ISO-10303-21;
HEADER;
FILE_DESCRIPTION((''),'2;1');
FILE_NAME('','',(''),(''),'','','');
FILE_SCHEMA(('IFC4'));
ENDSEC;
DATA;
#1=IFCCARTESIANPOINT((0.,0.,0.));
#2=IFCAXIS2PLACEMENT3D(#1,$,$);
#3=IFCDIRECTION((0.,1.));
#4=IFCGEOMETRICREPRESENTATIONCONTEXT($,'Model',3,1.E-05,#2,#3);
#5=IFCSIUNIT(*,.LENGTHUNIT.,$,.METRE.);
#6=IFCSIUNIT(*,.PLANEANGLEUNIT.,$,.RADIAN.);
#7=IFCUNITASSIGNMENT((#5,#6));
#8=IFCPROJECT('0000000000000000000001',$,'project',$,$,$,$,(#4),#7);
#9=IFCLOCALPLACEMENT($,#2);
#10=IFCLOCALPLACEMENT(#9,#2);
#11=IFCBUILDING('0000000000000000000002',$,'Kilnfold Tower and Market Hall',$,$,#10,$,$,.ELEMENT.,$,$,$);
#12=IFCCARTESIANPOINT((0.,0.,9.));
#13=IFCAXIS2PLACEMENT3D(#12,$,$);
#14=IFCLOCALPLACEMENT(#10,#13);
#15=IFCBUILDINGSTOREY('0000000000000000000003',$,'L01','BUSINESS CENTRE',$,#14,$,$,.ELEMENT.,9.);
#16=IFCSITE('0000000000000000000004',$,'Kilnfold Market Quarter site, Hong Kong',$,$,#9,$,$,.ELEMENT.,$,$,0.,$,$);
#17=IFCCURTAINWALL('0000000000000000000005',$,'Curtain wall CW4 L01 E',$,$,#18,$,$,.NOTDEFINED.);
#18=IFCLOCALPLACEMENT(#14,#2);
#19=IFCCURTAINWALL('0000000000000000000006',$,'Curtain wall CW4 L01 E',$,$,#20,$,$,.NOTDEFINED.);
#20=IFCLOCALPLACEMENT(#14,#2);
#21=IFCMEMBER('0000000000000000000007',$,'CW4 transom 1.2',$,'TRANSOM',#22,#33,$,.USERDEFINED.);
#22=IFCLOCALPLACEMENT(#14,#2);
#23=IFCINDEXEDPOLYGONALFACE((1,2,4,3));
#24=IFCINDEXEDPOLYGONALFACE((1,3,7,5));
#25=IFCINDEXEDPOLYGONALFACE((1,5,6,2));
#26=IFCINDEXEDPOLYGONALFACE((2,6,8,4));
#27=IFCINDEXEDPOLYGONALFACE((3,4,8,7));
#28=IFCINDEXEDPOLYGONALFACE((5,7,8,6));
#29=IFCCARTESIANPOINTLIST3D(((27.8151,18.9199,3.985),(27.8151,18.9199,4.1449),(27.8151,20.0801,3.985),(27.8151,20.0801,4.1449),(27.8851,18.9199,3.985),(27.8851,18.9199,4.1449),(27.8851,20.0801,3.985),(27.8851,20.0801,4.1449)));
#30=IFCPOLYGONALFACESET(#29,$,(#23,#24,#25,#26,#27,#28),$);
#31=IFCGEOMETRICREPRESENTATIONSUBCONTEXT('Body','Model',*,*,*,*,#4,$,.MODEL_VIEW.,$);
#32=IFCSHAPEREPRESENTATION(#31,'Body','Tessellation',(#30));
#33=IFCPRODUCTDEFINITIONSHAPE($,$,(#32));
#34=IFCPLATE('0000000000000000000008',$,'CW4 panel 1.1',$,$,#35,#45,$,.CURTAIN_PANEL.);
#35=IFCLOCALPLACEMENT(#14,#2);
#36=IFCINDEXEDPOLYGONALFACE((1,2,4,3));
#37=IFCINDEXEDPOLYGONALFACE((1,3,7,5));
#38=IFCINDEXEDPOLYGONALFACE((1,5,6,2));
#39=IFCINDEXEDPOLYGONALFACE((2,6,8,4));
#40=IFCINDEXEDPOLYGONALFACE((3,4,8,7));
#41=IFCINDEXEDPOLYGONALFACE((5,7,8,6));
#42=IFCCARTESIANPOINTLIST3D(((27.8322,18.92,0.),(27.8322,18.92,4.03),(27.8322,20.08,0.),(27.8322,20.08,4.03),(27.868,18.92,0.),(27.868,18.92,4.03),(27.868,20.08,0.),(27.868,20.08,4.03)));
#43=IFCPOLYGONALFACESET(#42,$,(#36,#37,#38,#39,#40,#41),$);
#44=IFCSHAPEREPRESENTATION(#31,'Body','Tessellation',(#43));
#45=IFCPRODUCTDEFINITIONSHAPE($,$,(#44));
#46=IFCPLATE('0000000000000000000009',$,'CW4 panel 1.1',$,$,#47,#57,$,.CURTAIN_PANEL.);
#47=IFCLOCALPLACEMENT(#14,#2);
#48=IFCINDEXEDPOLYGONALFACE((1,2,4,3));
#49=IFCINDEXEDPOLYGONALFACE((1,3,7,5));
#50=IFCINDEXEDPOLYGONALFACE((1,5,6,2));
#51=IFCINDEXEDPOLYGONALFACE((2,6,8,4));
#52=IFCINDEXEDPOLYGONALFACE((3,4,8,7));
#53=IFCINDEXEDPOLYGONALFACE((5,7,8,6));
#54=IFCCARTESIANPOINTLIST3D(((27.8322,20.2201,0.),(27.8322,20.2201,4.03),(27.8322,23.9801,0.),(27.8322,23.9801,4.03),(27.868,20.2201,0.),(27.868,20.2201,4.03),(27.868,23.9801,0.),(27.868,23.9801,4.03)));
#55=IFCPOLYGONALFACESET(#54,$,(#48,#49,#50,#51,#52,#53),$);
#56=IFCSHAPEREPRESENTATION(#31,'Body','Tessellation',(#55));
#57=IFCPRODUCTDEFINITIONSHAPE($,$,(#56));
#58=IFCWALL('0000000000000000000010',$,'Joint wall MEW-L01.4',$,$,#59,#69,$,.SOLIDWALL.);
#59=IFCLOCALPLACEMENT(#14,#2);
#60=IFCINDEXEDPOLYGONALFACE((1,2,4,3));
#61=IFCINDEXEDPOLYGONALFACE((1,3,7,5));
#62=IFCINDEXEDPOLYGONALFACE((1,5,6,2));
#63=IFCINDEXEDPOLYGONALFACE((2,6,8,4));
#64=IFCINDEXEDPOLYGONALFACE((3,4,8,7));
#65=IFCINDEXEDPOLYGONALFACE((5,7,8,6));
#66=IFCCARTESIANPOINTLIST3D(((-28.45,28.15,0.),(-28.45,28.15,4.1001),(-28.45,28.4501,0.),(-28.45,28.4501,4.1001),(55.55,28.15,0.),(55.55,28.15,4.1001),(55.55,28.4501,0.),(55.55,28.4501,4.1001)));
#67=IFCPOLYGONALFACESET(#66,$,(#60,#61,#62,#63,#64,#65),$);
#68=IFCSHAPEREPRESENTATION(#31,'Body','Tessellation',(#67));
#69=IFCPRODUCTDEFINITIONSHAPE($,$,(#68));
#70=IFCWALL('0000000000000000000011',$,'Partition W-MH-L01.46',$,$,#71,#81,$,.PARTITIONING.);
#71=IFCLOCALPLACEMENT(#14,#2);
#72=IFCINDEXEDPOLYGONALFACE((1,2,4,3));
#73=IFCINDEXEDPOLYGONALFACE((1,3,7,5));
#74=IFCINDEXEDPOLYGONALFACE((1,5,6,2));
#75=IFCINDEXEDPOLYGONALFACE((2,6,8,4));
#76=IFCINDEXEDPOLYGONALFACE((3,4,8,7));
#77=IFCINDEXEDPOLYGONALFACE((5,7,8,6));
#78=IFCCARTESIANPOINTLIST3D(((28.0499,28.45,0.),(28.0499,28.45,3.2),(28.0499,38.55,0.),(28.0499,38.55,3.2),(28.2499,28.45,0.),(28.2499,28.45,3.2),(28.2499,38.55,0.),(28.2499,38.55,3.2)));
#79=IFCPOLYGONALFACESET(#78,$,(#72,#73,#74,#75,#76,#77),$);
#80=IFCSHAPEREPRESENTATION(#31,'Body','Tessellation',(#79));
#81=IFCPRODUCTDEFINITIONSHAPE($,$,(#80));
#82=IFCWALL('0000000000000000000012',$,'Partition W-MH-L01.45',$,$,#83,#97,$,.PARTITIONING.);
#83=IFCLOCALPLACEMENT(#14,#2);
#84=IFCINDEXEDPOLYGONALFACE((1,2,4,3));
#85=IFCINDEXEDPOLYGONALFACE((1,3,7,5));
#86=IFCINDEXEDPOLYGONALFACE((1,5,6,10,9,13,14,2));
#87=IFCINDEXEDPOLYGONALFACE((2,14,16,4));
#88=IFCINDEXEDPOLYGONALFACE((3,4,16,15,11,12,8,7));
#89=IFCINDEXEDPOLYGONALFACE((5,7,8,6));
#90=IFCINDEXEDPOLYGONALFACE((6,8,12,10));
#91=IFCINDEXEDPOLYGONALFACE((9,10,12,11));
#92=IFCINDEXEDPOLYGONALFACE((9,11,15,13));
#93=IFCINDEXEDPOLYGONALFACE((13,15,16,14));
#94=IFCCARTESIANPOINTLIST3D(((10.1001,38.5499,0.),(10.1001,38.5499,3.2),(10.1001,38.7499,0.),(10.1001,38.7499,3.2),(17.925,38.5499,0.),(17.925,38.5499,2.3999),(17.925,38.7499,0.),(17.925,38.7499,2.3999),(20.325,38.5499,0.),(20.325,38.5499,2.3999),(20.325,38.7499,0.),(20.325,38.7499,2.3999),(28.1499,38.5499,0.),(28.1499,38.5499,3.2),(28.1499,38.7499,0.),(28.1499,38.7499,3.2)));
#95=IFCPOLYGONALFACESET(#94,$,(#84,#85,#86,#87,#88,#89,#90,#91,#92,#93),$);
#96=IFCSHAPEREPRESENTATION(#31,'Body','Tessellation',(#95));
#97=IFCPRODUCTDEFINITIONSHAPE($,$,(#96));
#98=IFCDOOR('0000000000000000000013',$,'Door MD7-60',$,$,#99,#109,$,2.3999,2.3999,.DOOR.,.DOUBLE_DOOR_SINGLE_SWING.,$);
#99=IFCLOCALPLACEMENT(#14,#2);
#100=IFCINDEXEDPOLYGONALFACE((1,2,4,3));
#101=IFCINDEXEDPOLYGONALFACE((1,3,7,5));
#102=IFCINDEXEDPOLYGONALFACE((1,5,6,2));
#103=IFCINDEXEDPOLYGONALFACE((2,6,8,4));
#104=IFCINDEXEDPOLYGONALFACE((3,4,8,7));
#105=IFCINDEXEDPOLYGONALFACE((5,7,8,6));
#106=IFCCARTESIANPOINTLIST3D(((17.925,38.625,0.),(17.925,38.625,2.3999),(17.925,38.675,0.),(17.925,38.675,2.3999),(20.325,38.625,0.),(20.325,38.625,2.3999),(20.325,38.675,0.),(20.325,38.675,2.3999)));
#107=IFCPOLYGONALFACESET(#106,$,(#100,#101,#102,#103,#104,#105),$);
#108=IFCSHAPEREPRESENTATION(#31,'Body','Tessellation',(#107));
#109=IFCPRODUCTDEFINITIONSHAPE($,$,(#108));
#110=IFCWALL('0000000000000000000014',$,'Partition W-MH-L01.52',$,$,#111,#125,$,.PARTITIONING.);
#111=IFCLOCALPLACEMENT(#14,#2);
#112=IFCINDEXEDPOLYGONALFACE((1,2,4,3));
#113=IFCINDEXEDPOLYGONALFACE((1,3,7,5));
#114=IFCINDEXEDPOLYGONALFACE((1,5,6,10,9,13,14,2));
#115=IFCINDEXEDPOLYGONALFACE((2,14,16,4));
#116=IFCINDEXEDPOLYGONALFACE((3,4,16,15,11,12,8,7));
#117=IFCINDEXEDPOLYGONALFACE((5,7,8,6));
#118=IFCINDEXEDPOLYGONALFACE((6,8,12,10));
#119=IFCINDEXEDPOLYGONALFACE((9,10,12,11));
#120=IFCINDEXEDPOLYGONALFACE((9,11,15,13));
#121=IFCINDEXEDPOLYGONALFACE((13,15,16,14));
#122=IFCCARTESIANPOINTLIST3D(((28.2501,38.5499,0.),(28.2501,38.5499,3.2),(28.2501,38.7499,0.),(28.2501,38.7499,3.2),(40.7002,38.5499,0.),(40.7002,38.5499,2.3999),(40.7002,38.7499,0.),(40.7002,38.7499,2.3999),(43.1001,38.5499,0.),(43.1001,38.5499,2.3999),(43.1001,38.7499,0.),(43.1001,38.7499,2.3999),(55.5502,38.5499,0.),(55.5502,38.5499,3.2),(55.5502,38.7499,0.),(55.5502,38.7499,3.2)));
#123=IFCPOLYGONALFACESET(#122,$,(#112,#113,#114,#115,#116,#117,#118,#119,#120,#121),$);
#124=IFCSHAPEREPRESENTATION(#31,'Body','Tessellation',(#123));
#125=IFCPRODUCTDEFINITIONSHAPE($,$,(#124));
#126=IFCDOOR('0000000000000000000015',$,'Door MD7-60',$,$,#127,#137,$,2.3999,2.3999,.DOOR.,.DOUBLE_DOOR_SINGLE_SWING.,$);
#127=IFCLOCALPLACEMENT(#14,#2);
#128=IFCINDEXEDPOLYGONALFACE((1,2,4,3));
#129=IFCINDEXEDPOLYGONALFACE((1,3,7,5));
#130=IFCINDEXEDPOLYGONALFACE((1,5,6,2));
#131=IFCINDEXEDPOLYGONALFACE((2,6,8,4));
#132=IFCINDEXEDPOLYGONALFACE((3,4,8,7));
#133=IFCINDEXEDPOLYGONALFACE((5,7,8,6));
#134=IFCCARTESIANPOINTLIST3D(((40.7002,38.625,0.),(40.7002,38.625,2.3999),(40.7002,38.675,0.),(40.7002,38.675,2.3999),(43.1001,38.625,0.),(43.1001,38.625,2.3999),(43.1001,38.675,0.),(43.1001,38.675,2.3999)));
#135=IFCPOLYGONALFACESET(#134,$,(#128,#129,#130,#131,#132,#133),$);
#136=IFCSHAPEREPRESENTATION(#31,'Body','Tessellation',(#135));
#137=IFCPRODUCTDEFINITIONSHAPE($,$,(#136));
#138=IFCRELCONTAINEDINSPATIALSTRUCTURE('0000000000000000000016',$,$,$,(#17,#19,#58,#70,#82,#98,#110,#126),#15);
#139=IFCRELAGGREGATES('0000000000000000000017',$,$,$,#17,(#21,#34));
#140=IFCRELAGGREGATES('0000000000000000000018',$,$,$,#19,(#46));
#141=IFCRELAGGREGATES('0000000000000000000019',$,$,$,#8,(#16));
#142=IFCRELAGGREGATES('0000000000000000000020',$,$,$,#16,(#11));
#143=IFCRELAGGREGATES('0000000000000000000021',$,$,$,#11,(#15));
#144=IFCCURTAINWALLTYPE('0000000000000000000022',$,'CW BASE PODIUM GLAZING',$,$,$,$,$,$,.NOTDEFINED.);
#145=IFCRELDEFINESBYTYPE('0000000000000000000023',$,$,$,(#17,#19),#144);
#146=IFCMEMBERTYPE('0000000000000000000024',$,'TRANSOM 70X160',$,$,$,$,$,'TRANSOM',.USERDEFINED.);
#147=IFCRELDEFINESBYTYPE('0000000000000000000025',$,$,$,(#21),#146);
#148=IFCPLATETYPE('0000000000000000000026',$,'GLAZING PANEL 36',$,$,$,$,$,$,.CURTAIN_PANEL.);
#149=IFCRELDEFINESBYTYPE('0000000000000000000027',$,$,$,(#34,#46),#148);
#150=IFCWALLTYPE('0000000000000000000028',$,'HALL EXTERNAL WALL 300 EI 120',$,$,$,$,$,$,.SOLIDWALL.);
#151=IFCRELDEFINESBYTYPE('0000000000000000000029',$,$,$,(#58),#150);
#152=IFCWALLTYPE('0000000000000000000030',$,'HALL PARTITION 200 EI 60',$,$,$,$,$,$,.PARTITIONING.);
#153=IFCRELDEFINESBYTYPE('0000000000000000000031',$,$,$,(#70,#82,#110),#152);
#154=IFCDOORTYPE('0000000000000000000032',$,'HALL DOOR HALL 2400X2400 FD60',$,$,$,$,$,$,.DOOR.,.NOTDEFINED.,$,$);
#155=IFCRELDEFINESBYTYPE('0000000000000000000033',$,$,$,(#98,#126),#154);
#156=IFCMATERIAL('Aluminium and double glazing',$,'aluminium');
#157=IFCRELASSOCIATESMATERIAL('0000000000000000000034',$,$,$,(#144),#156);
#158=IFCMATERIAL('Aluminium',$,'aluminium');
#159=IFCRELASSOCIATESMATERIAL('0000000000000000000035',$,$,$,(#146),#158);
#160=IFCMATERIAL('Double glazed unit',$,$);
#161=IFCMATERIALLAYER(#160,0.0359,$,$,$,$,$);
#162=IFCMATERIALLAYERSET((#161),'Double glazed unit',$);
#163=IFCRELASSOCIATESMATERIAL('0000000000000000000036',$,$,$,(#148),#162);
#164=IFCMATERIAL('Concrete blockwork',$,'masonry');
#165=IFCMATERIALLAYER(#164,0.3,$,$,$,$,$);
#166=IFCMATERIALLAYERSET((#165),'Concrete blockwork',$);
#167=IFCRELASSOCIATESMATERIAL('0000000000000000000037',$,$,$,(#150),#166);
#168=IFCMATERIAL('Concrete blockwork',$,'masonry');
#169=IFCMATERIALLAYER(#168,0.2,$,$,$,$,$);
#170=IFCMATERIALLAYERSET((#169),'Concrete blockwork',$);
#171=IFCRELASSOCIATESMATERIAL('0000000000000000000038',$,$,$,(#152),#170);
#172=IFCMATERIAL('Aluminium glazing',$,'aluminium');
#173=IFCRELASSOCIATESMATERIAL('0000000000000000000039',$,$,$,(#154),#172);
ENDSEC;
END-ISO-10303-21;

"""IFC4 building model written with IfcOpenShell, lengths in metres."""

from ifc_helpers import new_model, si_unit, direction, frame, frame_2d, origin, origin_2d, place, context, subcontext, project, spatial, rectangle, extrude, source, transform, mapped, material, layer, layer_set, material_profile, profile_set, type_object, element, fill, aggregate, save


model = new_model("IFC4")

# Units and contexts
model_context = context("Model", 3, precision=1e-05, world=origin(), true_north=direction((0.0, 1.0)))
body_context = subcontext(model_context, "Body", "Model", "MODEL_VIEW")
ifc_project = project(units=[si_unit("LENGTHUNIT", "METRE"), si_unit("PLANEANGLEUNIT", "RADIAN")], contexts=[model_context])

# Site, building, storey
site_placement = place(None, origin())
site = spatial("IfcSite", under=ifc_project, at=site_placement, Name="Kilnfold Market Quarter site, Hong Kong", CompositionType="ELEMENT", RefElevation=0.0)
building_placement = place(site_placement, origin())
building = spatial("IfcBuilding", under=site, at=building_placement, Name="Kilnfold Tower and Market Hall", CompositionType="ELEMENT")
storey_placement = place(building_placement, frame((0.0, 0.0, 9.0)))
storey = spatial("IfcBuildingStorey", under=building, at=storey_placement, Name="L01", Description="BUSINESS CENTRE", CompositionType="ELEMENT", Elevation=9.0)

# Curtain walls
ifc_material_1 = material(Name="Aluminium and double glazing", Category="aluminium")
curtain_wall_type = type_object("IfcCurtainWallType", Name="CW BASE PODIUM GLAZING", PredefinedType="NOTDEFINED", material=ifc_material_1)
curtain_wall_1_placement = place(storey_placement, origin())
curtain_wall_1 = element("IfcCurtainWall", 1, at=curtain_wall_1_placement, inside=storey, type_object=curtain_wall_type, Name="Curtain wall CW4 L01 E", PredefinedType="NOTDEFINED")
curtain_wall_2_placement = place(storey_placement, origin())
curtain_wall_2 = element("IfcCurtainWall", 2, at=curtain_wall_2_placement, inside=storey, type_object=curtain_wall_type, Name="Curtain wall CW4 L01 E", PredefinedType="NOTDEFINED")
ifc_material_2 = material(Name="Aluminium", Category="aluminium")
ifc_material_profile_1 = material_profile(ifc_material_2, rectangle(XDim=0.0701, YDim=0.1599, at=origin_2d()), Name="TRANSOM 70x160")
ifc_profile_set_1 = profile_set([ifc_material_profile_1], Name="Aluminium")
member_type_1 = type_object("IfcMemberType", Name="TRANSOM 70X160", ElementType="TRANSOM", PredefinedType="USERDEFINED", material=ifc_profile_set_1)

# Member
shared_shape_1 = source(origin(), body_context, "Body", "SweptSolid", [
    extrude(rectangle(XDim=0.0701, YDim=0.1599, at=origin_2d()), origin(), (0.0, 0.0, 1.0), 1.1602),
])
member_1_placement = place(storey_placement, frame((27.8501, 18.9199, 4.0649), z_axis=(0.0, 1.0, 0.0), x_axis=(-1.0, 0.0, 0.0)))
member_1 = element("IfcMember", 3, at=member_1_placement, type_object=member_type_1, Name="CW4 transom 1.2", ObjectType="TRANSOM", PredefinedType="USERDEFINED", context=body_context, shape_type="MappedRepresentation", body=[
    mapped(shared_shape_1, transform((0.0, 0.0, 0.0))),
])

# Plates
ifc_material_3 = material(Name="Double glazed unit")
ifc_layer_1 = layer(ifc_material_3, 0.0359)
ifc_layer_set_1 = layer_set([ifc_layer_1], Name="Double glazed unit")
plate_type = type_object("IfcPlateType", Name="GLAZING PANEL 36", PredefinedType="CURTAIN_PANEL", material=ifc_layer_set_1)
shared_shape_2 = source(origin(), body_context, "Body", "SweptSolid", [
    extrude(rectangle(XDim=1.1599, YDim=0.0359, at=origin_2d()), origin(), (0.0, 0.0, 1.0), 4.03),
])
plate_1_placement = place(storey_placement, frame((27.8501, 19.5, 0.0), z_axis=(0.0, 0.0, 1.0), x_axis=(0.0, 1.0, 0.0)))
plate_1 = element("IfcPlate", 4, at=plate_1_placement, type_object=plate_type, Name="CW4 panel 1.1", PredefinedType="CURTAIN_PANEL", context=body_context, shape_type="MappedRepresentation", body=[
    mapped(shared_shape_2, transform((0.0, 0.0, 0.0))),
])
aggregate(curtain_wall_1, [member_1, plate_1])
shared_shape_3 = source(origin(), body_context, "Body", "SweptSolid", [
    extrude(rectangle(XDim=3.76, YDim=0.0359, at=origin_2d()), origin(), (0.0, 0.0, 1.0), 4.03),
])
plate_2_placement = place(storey_placement, frame((27.8501, 22.1001, 0.0), z_axis=(0.0, 0.0, 1.0), x_axis=(0.0, 1.0, 0.0)))
plate_2 = element("IfcPlate", 5, at=plate_2_placement, type_object=plate_type, Name="CW4 panel 1.1", PredefinedType="CURTAIN_PANEL", context=body_context, shape_type="MappedRepresentation", body=[
    mapped(shared_shape_3, transform((0.0, 0.0, 0.0))),
])
aggregate(curtain_wall_2, [plate_2])

# Walls
ifc_material_4 = material(Name="Concrete blockwork", Category="masonry")
ifc_layer_2 = layer(ifc_material_4, 0.3)
ifc_layer_set_2 = layer_set([ifc_layer_2], Name="Concrete blockwork")
wall_type_1 = type_object("IfcWallType", Name="HALL EXTERNAL WALL 300 EI 120", PredefinedType="SOLIDWALL", material=ifc_layer_set_2)
shared_shape_4 = source(origin(), body_context, "Body", "SweptSolid", [
    extrude(rectangle(XDim=84.0, YDim=0.3, at=frame_2d((42.0, 0.0))), origin(), (0.0, 0.0, 1.0), 4.1001),
])
wall_1_placement = place(storey_placement, frame((55.55, 28.3, 0.0), z_axis=(0.0, 0.0, 1.0), x_axis=(-1.0, 0.0, 0.0)))
element("IfcWall", 6, at=wall_1_placement, inside=storey, type_object=wall_type_1, Name="Joint wall MEW-L01.4", PredefinedType="SOLIDWALL", context=body_context, shape_type="MappedRepresentation", body=[
    mapped(shared_shape_4, transform((0.0, 0.0, 0.0))),
])
ifc_material_5 = material(Name="Concrete blockwork", Category="masonry")
ifc_layer_3 = layer(ifc_material_5, 0.2)
ifc_layer_set_3 = layer_set([ifc_layer_3], Name="Concrete blockwork")
wall_type_2 = type_object("IfcWallType", Name="HALL PARTITION 200 EI 60", PredefinedType="PARTITIONING", material=ifc_layer_set_3)
shared_shape_5 = source(origin(), body_context, "Body", "SweptSolid", [
    extrude(rectangle(XDim=10.1001, YDim=0.2, at=frame_2d((5.05, 0.0))), origin(), (0.0, 0.0, 1.0), 3.2),
])
wall_2_placement = place(storey_placement, frame((28.1499, 38.55, 0.0), z_axis=(0.0, 0.0, 1.0), x_axis=(0.0, -1.0, 0.0)))
element("IfcWall", 7, at=wall_2_placement, inside=storey, type_object=wall_type_2, Name="Partition W-MH-L01.46", PredefinedType="PARTITIONING", context=body_context, shape_type="MappedRepresentation", body=[
    mapped(shared_shape_5, transform((0.0, 0.0, 0.0))),
])

# Walls, openings, doors
shared_shape_6 = source(origin(), body_context, "Body", "SweptSolid", [
    extrude(rectangle(XDim=18.0498, YDim=0.2, at=frame_2d((9.0249, 0.0))), origin(), (0.0, 0.0, 1.0), 3.2),
])
wall_3_placement = place(storey_placement, frame((28.1499, 38.6499, 0.0), z_axis=(0.0, 0.0, 1.0), x_axis=(-1.0, 0.0, 0.0)))
wall_3 = element("IfcWall", 8, at=wall_3_placement, inside=storey, type_object=wall_type_2, Name="Partition W-MH-L01.45", PredefinedType="PARTITIONING", context=body_context, shape_type="MappedRepresentation", body=[
    mapped(shared_shape_6, transform((0.0, 0.0, 0.0))),
])
opening_1_placement = place(wall_3_placement, frame((7.825, 0.0, 0.0)))
opening_1 = element("IfcOpeningElement", 9, at=opening_1_placement, cuts=wall_3, PredefinedType="OPENING", context=body_context, shape_type="SweptSolid", body=[
    extrude(rectangle(XDim=2.3999, YDim=2.3999, at=frame_2d((1.2, 1.2))), frame((0.0, 0.1099, 0.0), z_axis=(0.0, -1.0, 0.0), x_axis=(1.0, 0.0, 0.0)), (0.0, 0.0, 1.0), 0.22),
])
ifc_material_6 = material(Name="Aluminium glazing", Category="aluminium")
door_type_1 = type_object("IfcDoorType", Name="HALL DOOR HALL 2400X2400 FD60", OperationType="NOTDEFINED", PredefinedType="DOOR", material=ifc_material_6)
door_1_placement = place(opening_1_placement, origin())
door_1 = element("IfcDoor", 10, at=door_1_placement, inside=storey, type_object=door_type_1, Name="Door MD7-60", OperationType="DOUBLE_DOOR_SINGLE_SWING", OverallHeight=2.3999, OverallWidth=2.3999, PredefinedType="DOOR", context=body_context, shape_type="SweptSolid", body=[
    extrude(rectangle(XDim=2.3999, YDim=2.3999, at=frame_2d((1.2, 1.2))), frame((0.0, 0.0249, 0.0), z_axis=(0.0, -1.0, 0.0), x_axis=(1.0, 0.0, 0.0)), (0.0, 0.0, 1.0), 0.05),
])
fill(opening_1, door_1)
shared_shape_7 = source(origin(), body_context, "Body", "SweptSolid", [
    extrude(rectangle(XDim=27.3, YDim=0.2, at=frame_2d((13.6499, 0.0))), origin(), (0.0, 0.0, 1.0), 3.2),
])
wall_4_placement = place(storey_placement, frame((55.55, 38.6499, 0.0), z_axis=(0.0, 0.0, 1.0), x_axis=(-1.0, 0.0, 0.0)))
wall_4 = element("IfcWall", 11, at=wall_4_placement, inside=storey, type_object=wall_type_2, Name="Partition W-MH-L01.52", PredefinedType="PARTITIONING", context=body_context, shape_type="MappedRepresentation", body=[
    mapped(shared_shape_7, transform((0.0, 0.0, 0.0))),
])
opening_2_placement = place(wall_4_placement, frame((12.45, 0.0, 0.0)))
opening_2 = element("IfcOpeningElement", 12, at=opening_2_placement, cuts=wall_4, PredefinedType="OPENING", context=body_context, shape_type="SweptSolid", body=[
    extrude(rectangle(XDim=2.3999, YDim=2.3999, at=frame_2d((1.2, 1.2))), frame((0.0, 0.1099, 0.0), z_axis=(0.0, -1.0, 0.0), x_axis=(1.0, 0.0, 0.0)), (0.0, 0.0, 1.0), 0.22),
])
door_2_placement = place(opening_2_placement, origin())
door_2 = element("IfcDoor", 13, at=door_2_placement, inside=storey, type_object=door_type_1, Name="Door MD7-60", OperationType="DOUBLE_DOOR_SINGLE_SWING", OverallHeight=2.3999, OverallWidth=2.3999, PredefinedType="DOOR", context=body_context, shape_type="SweptSolid", body=[
    extrude(rectangle(XDim=2.3999, YDim=2.3999, at=frame_2d((1.2, 1.2))), frame((0.0, 0.0249, 0.0), z_axis=(0.0, -1.0, 0.0), x_axis=(1.0, 0.0, 0.0)), (0.0, 0.0, 1.0), 0.05),
])
fill(opening_2, door_2)

save(model, "model.ifc")
